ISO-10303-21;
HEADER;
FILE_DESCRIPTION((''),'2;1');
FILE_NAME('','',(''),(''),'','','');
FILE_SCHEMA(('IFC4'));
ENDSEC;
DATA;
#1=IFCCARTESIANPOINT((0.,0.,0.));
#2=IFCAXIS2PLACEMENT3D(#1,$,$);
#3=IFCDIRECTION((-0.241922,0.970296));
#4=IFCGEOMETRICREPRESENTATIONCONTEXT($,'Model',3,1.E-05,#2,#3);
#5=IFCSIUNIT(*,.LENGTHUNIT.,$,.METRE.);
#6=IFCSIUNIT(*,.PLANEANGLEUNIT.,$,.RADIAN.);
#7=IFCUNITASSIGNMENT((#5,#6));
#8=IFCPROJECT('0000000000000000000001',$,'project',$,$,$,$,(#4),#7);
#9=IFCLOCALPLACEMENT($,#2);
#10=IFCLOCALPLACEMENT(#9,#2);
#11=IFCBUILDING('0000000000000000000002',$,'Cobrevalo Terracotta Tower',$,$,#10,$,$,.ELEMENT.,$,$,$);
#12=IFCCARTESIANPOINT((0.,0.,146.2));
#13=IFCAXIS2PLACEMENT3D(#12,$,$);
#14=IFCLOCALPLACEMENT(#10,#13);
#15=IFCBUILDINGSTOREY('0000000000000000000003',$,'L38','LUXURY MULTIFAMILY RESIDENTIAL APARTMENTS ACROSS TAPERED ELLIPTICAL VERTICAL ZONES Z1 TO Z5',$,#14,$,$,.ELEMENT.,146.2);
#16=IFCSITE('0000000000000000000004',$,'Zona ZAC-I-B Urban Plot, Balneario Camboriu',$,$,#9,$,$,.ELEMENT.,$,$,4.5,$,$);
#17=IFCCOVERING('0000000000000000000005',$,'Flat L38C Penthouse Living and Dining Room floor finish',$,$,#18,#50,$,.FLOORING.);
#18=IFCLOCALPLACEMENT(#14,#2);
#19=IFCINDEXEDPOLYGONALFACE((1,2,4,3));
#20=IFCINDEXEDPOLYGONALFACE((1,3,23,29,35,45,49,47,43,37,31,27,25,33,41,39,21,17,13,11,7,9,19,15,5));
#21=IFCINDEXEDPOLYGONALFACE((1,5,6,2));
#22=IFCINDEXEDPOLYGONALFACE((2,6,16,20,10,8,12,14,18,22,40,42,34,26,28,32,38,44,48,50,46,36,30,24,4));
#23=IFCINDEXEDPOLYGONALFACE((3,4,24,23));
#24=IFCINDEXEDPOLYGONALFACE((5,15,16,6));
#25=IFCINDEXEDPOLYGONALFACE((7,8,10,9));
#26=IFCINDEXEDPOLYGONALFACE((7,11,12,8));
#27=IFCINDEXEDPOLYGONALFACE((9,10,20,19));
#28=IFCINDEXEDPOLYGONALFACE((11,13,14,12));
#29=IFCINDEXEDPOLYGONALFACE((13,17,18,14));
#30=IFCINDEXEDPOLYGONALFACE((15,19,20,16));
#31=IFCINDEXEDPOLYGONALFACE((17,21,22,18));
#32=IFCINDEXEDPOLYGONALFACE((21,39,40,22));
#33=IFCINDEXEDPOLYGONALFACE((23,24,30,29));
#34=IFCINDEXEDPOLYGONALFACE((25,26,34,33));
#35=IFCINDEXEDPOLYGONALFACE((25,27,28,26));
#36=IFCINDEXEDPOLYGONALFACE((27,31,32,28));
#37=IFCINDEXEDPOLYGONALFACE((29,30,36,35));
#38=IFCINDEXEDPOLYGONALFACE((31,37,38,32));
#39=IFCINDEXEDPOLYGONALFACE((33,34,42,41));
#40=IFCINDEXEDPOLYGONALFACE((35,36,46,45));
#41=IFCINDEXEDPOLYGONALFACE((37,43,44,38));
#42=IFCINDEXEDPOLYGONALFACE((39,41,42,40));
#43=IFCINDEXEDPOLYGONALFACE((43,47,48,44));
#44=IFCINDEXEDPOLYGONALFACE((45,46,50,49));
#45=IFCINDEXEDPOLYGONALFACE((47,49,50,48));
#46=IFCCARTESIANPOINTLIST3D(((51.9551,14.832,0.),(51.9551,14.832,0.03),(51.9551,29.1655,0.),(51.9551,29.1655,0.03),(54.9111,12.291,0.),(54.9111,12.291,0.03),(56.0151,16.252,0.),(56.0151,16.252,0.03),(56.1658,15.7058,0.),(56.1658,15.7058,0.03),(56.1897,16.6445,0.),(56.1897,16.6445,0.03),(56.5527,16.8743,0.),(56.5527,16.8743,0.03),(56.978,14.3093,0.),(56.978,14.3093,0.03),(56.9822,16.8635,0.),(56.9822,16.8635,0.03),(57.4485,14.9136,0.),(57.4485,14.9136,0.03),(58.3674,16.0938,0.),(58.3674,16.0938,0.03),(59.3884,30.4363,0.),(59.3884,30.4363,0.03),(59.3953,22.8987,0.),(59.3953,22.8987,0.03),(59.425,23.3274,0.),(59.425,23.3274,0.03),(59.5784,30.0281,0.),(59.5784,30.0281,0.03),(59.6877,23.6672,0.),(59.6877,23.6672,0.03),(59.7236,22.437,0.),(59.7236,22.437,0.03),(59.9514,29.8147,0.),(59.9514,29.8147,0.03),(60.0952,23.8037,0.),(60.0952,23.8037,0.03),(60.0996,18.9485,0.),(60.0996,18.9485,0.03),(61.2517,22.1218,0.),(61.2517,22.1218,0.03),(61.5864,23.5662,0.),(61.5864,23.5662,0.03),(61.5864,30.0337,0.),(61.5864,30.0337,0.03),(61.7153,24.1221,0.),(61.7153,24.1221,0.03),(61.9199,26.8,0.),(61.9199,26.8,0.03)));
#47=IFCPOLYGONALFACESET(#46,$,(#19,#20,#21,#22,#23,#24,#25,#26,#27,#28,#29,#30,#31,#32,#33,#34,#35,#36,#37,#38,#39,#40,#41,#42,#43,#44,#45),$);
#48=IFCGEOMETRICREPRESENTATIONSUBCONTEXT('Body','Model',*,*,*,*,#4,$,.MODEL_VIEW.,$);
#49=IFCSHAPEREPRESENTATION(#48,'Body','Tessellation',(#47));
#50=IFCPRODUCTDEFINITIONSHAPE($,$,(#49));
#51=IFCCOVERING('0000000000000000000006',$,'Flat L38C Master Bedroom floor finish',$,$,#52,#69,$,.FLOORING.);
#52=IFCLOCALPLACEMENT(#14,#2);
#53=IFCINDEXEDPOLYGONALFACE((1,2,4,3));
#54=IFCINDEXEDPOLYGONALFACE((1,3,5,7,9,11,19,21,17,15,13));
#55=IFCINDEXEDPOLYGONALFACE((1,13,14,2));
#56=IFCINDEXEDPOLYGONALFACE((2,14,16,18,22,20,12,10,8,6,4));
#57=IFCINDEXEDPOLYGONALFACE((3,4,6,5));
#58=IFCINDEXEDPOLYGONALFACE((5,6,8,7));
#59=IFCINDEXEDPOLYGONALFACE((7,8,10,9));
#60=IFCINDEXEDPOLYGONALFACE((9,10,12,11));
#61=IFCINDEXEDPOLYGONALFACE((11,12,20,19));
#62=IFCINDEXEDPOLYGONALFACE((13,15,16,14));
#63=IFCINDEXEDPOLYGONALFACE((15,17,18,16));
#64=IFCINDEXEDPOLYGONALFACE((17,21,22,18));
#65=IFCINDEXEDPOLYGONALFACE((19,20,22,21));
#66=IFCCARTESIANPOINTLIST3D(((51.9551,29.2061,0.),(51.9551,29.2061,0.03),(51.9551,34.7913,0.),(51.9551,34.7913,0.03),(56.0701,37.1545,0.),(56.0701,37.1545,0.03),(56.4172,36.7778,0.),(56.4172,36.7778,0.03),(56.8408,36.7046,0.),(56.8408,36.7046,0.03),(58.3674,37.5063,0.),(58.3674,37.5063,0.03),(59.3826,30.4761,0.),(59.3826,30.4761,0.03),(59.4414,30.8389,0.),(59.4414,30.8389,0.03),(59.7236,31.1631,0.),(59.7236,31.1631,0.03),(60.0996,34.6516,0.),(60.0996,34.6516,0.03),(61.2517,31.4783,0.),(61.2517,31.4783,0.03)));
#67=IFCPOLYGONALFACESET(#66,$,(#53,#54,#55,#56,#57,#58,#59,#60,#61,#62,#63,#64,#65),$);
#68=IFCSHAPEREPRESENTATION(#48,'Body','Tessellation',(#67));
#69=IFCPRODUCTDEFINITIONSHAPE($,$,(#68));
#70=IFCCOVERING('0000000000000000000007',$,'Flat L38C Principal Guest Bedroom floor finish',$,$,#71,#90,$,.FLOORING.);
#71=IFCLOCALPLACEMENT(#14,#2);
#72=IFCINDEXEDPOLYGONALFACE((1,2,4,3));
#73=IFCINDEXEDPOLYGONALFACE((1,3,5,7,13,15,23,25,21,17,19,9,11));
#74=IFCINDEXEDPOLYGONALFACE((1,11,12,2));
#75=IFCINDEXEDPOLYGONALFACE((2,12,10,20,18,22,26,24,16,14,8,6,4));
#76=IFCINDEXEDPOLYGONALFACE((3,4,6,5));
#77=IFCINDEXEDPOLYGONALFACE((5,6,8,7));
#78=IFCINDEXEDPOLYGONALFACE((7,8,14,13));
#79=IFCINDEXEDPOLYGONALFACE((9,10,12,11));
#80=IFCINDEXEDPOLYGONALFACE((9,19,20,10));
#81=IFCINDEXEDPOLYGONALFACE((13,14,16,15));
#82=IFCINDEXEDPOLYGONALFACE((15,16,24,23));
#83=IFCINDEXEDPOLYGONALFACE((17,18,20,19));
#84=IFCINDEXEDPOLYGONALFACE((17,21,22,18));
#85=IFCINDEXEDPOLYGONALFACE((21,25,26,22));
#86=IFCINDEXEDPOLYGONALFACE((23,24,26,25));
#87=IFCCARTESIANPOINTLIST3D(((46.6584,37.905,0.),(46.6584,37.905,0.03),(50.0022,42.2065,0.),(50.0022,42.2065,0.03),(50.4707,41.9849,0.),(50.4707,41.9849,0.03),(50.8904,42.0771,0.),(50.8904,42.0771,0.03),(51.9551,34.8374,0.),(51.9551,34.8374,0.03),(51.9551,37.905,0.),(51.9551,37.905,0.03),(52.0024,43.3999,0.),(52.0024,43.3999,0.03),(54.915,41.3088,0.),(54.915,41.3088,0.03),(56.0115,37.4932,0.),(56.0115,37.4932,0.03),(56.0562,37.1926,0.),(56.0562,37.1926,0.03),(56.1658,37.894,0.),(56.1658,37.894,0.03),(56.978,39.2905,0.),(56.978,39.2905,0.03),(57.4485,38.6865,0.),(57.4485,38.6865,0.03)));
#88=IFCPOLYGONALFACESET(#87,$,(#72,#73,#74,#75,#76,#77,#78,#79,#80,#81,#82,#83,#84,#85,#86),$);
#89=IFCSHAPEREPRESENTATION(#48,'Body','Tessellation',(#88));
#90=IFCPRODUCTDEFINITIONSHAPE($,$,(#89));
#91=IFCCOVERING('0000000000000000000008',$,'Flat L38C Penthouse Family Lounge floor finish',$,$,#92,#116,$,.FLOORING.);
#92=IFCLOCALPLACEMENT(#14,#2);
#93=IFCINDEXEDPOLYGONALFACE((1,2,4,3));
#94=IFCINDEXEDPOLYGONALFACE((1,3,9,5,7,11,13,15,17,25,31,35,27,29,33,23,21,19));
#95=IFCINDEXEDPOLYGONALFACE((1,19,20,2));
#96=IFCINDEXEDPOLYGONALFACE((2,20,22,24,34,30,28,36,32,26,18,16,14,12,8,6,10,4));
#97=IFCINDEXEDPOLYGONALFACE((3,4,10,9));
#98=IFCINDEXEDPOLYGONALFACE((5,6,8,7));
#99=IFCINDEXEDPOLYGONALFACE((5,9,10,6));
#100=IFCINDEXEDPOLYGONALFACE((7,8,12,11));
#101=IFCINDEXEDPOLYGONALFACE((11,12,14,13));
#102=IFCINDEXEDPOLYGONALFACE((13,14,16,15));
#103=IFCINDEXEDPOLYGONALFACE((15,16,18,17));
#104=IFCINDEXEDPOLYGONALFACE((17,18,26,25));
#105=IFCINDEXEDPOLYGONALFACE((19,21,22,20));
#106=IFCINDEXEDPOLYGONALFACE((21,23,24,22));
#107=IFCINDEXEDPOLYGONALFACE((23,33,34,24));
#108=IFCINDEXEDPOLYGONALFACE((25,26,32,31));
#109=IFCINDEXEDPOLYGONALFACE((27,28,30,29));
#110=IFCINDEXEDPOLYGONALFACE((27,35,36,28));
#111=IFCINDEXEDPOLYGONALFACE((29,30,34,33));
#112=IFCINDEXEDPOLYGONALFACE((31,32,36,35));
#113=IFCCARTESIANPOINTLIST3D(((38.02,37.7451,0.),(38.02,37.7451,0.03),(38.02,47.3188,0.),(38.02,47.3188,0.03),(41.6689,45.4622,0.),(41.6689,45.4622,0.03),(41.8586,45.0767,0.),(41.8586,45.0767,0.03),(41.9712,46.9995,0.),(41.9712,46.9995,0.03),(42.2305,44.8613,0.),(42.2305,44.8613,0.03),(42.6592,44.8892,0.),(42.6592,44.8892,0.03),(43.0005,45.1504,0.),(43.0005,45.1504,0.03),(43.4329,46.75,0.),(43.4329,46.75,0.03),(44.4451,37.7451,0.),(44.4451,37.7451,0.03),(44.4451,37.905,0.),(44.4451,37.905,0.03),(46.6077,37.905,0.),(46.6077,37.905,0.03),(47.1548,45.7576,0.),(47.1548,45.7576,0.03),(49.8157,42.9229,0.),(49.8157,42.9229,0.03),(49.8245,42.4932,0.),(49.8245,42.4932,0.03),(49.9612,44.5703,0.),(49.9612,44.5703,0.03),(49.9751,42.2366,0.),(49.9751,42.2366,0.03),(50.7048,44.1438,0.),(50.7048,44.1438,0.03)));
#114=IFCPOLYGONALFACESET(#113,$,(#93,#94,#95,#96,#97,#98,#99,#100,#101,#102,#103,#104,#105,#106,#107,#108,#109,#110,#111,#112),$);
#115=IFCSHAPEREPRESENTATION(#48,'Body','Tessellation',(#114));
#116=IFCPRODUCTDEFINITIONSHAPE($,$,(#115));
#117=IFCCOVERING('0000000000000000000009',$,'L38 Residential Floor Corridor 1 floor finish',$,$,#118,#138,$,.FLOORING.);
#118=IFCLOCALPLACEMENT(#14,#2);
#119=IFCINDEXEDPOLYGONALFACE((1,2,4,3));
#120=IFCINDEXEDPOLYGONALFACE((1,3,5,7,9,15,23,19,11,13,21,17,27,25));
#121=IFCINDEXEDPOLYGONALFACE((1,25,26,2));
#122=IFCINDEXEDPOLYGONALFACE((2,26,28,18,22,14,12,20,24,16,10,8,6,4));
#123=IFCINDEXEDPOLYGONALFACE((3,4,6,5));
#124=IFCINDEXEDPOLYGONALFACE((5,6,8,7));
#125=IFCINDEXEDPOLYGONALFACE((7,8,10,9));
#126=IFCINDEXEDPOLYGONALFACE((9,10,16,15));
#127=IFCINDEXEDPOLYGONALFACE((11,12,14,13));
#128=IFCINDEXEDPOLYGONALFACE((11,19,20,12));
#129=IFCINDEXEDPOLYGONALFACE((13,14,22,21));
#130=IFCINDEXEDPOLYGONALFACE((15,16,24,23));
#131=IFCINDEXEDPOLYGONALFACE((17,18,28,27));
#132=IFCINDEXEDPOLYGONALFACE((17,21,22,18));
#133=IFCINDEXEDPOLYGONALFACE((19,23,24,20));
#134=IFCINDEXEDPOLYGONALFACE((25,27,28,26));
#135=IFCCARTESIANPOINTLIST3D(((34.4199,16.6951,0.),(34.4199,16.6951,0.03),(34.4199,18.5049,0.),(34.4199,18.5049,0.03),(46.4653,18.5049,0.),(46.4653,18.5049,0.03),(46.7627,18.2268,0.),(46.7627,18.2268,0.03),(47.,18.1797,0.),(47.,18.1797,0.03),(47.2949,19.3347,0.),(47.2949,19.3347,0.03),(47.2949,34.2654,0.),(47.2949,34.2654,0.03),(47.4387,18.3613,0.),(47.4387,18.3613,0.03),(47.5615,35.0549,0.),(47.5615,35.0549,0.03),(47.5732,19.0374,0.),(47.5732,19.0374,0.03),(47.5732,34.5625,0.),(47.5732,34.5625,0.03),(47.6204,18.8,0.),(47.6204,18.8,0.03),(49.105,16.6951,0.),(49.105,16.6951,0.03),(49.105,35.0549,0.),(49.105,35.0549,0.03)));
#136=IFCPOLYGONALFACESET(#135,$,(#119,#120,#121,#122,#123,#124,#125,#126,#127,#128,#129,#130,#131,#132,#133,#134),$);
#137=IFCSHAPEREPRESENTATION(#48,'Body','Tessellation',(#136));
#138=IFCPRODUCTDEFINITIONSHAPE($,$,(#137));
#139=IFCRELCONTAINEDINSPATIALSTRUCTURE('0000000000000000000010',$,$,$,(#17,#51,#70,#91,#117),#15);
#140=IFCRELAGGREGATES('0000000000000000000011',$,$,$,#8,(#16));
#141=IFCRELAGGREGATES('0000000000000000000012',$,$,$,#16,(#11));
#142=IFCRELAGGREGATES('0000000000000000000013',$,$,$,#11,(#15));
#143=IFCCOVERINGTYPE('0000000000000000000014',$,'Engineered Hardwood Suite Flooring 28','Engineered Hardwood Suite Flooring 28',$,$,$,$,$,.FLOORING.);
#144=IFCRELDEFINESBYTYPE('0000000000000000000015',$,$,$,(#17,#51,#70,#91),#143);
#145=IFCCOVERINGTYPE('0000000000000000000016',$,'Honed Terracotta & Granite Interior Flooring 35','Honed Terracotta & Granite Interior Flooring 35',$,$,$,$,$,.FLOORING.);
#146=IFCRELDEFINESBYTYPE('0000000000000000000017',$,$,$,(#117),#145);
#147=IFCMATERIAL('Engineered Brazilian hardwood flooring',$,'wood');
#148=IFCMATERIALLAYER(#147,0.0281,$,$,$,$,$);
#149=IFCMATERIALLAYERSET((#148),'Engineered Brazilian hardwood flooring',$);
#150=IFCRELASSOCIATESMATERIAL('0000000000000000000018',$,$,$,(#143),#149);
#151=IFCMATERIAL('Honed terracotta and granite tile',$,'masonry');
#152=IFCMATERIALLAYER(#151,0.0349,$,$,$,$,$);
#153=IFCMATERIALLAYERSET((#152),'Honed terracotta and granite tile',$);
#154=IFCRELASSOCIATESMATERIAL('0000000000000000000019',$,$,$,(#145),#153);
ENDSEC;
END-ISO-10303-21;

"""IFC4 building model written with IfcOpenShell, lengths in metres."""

from ifc_helpers import new_model, si_unit, direction, frame, origin, place, context, subcontext, project, spatial, polyline, outline, extrude, material, layer, layer_set, type_object, element, save


model = new_model("IFC4")

# Units and contexts
model_context = context("Model", 3, precision=1e-05, world=origin(), true_north=direction((-0.241922, 0.970296)))
body_context = subcontext(model_context, "Body", "Model", "MODEL_VIEW")
ifc_project = project(units=[si_unit("LENGTHUNIT", "METRE"), si_unit("PLANEANGLEUNIT", "RADIAN")], contexts=[model_context])

# Site, building, storey
site_placement = place(None, origin())
site = spatial("IfcSite", under=ifc_project, at=site_placement, Name="Zona ZAC-I-B Urban Plot, Balneario Camboriu", CompositionType="ELEMENT", RefElevation=4.5)
building_placement = place(site_placement, origin())
building = spatial("IfcBuilding", under=site, at=building_placement, Name="Cobrevalo Terracotta Tower", CompositionType="ELEMENT")
storey_placement = place(building_placement, frame((0.0, 0.0, 146.2)))
storey = spatial("IfcBuildingStorey", under=building, at=storey_placement, Name="L38", Description="LUXURY MULTIFAMILY RESIDENTIAL APARTMENTS ACROSS TAPERED ELLIPTICAL VERTICAL ZONES Z1 TO Z5", CompositionType="ELEMENT", Elevation=146.2)

# Coverings
ifc_material_1 = material(Name="Engineered Brazilian hardwood flooring", Category="wood")
ifc_layer_1 = layer(ifc_material_1, 0.0281)
ifc_layer_set_1 = layer_set([ifc_layer_1], Name="Engineered Brazilian hardwood flooring")
covering_type_1 = type_object("IfcCoveringType", Name="Engineered Hardwood Suite Flooring 28", Description="Engineered Hardwood Suite Flooring 28", PredefinedType="FLOORING", material=ifc_layer_set_1)
covering_1_placement = place(storey_placement, origin())
element("IfcCovering", 1, at=covering_1_placement, inside=storey, type_object=covering_type_1, Name="Flat L38C Penthouse Living and Dining Room floor finish", PredefinedType="FLOORING", context=body_context, shape_type="SweptSolid", body=[
    extrude(outline(polyline([(58.3674, 16.0938), (56.9822, 16.8635), (56.5527, 16.8743), (56.1897, 16.6445), (56.0151, 16.252), (56.1658, 15.7058), (57.4485, 14.9136), (56.978, 14.3093), (54.9111, 12.291), (51.9551, 14.832), (51.9551, 29.1655), (59.3884, 30.4363), (59.5784, 30.0281), (59.9514, 29.8147), (61.5864, 30.0337), (61.9199, 26.8), (61.7153, 24.1221), (61.5864, 23.5662), (60.0952, 23.8037), (59.6877, 23.6672), (59.425, 23.3274), (59.3953, 22.8987), (59.7236, 22.437), (61.2517, 22.1218), (60.0996, 18.9485), (58.3674, 16.0938)])), origin(), (0.0, 0.0, 1.0), 0.03),
])
covering_2_placement = place(storey_placement, origin())
element("IfcCovering", 2, at=covering_2_placement, inside=storey, type_object=covering_type_1, Name="Flat L38C Master Bedroom floor finish", PredefinedType="FLOORING", context=body_context, shape_type="SweptSolid", body=[
    extrude(outline(polyline([(56.0701, 37.1545), (56.4172, 36.7778), (56.8408, 36.7046), (58.3674, 37.5063), (60.0996, 34.6516), (61.2517, 31.4783), (59.7236, 31.1631), (59.4414, 30.8389), (59.3826, 30.4761), (51.9551, 29.2061), (51.9551, 34.7913), (56.0701, 37.1545)])), origin(), (0.0, 0.0, 1.0), 0.03),
])
covering_3_placement = place(storey_placement, origin())
element("IfcCovering", 3, at=covering_3_placement, inside=storey, type_object=covering_type_1, Name="Flat L38C Principal Guest Bedroom floor finish", PredefinedType="FLOORING", context=body_context, shape_type="SweptSolid", body=[
    extrude(outline(polyline([(46.6584, 37.905), (50.0022, 42.2065), (50.4707, 41.9849), (50.8904, 42.0771), (52.0024, 43.3999), (54.915, 41.3088), (56.978, 39.2905), (57.4485, 38.6865), (56.1658, 37.894), (56.0115, 37.4932), (56.0562, 37.1926), (51.9551, 34.8374), (51.9551, 37.905), (46.6584, 37.905)])), origin(), (0.0, 0.0, 1.0), 0.03),
])
covering_4_placement = place(storey_placement, origin())
element("IfcCovering", 4, at=covering_4_placement, inside=storey, type_object=covering_type_1, Name="Flat L38C Penthouse Family Lounge floor finish", PredefinedType="FLOORING", context=body_context, shape_type="SweptSolid", body=[
    extrude(outline(polyline([(44.4451, 37.7451), (38.02, 37.7451), (38.02, 47.3188), (41.9712, 46.9995), (41.6689, 45.4622), (41.8586, 45.0767), (42.2305, 44.8613), (42.6592, 44.8892), (43.0005, 45.1504), (43.4329, 46.75), (47.1548, 45.7576), (49.9612, 44.5703), (50.7048, 44.1438), (49.8157, 42.9229), (49.8245, 42.4932), (49.9751, 42.2366), (46.6077, 37.905), (44.4451, 37.905), (44.4451, 37.7451)])), origin(), (0.0, 0.0, 1.0), 0.03),
])
ifc_material_2 = material(Name="Honed terracotta and granite tile", Category="masonry")
ifc_layer_2 = layer(ifc_material_2, 0.0349)
ifc_layer_set_2 = layer_set([ifc_layer_2], Name="Honed terracotta and granite tile")
covering_type_2 = type_object("IfcCoveringType", Name="Honed Terracotta & Granite Interior Flooring 35", Description="Honed Terracotta & Granite Interior Flooring 35", PredefinedType="FLOORING", material=ifc_layer_set_2)
covering_5_placement = place(storey_placement, origin())
element("IfcCovering", 5, at=covering_5_placement, inside=storey, type_object=covering_type_2, Name="L38 Residential Floor Corridor 1 floor finish", PredefinedType="FLOORING", context=body_context, shape_type="SweptSolid", body=[
    extrude(outline(polyline([(34.4199, 18.5049), (46.4653, 18.5049), (46.7627, 18.2268), (47.0, 18.1797), (47.4387, 18.3613), (47.6204, 18.8), (47.5732, 19.0374), (47.2949, 19.3347), (47.2949, 34.2654), (47.5732, 34.5625), (47.5615, 35.0549), (49.105, 35.0549), (49.105, 16.6951), (34.4199, 16.6951), (34.4199, 18.5049)])), origin(), (0.0, 0.0, 1.0), 0.03),
])

save(model, "model.ifc")
